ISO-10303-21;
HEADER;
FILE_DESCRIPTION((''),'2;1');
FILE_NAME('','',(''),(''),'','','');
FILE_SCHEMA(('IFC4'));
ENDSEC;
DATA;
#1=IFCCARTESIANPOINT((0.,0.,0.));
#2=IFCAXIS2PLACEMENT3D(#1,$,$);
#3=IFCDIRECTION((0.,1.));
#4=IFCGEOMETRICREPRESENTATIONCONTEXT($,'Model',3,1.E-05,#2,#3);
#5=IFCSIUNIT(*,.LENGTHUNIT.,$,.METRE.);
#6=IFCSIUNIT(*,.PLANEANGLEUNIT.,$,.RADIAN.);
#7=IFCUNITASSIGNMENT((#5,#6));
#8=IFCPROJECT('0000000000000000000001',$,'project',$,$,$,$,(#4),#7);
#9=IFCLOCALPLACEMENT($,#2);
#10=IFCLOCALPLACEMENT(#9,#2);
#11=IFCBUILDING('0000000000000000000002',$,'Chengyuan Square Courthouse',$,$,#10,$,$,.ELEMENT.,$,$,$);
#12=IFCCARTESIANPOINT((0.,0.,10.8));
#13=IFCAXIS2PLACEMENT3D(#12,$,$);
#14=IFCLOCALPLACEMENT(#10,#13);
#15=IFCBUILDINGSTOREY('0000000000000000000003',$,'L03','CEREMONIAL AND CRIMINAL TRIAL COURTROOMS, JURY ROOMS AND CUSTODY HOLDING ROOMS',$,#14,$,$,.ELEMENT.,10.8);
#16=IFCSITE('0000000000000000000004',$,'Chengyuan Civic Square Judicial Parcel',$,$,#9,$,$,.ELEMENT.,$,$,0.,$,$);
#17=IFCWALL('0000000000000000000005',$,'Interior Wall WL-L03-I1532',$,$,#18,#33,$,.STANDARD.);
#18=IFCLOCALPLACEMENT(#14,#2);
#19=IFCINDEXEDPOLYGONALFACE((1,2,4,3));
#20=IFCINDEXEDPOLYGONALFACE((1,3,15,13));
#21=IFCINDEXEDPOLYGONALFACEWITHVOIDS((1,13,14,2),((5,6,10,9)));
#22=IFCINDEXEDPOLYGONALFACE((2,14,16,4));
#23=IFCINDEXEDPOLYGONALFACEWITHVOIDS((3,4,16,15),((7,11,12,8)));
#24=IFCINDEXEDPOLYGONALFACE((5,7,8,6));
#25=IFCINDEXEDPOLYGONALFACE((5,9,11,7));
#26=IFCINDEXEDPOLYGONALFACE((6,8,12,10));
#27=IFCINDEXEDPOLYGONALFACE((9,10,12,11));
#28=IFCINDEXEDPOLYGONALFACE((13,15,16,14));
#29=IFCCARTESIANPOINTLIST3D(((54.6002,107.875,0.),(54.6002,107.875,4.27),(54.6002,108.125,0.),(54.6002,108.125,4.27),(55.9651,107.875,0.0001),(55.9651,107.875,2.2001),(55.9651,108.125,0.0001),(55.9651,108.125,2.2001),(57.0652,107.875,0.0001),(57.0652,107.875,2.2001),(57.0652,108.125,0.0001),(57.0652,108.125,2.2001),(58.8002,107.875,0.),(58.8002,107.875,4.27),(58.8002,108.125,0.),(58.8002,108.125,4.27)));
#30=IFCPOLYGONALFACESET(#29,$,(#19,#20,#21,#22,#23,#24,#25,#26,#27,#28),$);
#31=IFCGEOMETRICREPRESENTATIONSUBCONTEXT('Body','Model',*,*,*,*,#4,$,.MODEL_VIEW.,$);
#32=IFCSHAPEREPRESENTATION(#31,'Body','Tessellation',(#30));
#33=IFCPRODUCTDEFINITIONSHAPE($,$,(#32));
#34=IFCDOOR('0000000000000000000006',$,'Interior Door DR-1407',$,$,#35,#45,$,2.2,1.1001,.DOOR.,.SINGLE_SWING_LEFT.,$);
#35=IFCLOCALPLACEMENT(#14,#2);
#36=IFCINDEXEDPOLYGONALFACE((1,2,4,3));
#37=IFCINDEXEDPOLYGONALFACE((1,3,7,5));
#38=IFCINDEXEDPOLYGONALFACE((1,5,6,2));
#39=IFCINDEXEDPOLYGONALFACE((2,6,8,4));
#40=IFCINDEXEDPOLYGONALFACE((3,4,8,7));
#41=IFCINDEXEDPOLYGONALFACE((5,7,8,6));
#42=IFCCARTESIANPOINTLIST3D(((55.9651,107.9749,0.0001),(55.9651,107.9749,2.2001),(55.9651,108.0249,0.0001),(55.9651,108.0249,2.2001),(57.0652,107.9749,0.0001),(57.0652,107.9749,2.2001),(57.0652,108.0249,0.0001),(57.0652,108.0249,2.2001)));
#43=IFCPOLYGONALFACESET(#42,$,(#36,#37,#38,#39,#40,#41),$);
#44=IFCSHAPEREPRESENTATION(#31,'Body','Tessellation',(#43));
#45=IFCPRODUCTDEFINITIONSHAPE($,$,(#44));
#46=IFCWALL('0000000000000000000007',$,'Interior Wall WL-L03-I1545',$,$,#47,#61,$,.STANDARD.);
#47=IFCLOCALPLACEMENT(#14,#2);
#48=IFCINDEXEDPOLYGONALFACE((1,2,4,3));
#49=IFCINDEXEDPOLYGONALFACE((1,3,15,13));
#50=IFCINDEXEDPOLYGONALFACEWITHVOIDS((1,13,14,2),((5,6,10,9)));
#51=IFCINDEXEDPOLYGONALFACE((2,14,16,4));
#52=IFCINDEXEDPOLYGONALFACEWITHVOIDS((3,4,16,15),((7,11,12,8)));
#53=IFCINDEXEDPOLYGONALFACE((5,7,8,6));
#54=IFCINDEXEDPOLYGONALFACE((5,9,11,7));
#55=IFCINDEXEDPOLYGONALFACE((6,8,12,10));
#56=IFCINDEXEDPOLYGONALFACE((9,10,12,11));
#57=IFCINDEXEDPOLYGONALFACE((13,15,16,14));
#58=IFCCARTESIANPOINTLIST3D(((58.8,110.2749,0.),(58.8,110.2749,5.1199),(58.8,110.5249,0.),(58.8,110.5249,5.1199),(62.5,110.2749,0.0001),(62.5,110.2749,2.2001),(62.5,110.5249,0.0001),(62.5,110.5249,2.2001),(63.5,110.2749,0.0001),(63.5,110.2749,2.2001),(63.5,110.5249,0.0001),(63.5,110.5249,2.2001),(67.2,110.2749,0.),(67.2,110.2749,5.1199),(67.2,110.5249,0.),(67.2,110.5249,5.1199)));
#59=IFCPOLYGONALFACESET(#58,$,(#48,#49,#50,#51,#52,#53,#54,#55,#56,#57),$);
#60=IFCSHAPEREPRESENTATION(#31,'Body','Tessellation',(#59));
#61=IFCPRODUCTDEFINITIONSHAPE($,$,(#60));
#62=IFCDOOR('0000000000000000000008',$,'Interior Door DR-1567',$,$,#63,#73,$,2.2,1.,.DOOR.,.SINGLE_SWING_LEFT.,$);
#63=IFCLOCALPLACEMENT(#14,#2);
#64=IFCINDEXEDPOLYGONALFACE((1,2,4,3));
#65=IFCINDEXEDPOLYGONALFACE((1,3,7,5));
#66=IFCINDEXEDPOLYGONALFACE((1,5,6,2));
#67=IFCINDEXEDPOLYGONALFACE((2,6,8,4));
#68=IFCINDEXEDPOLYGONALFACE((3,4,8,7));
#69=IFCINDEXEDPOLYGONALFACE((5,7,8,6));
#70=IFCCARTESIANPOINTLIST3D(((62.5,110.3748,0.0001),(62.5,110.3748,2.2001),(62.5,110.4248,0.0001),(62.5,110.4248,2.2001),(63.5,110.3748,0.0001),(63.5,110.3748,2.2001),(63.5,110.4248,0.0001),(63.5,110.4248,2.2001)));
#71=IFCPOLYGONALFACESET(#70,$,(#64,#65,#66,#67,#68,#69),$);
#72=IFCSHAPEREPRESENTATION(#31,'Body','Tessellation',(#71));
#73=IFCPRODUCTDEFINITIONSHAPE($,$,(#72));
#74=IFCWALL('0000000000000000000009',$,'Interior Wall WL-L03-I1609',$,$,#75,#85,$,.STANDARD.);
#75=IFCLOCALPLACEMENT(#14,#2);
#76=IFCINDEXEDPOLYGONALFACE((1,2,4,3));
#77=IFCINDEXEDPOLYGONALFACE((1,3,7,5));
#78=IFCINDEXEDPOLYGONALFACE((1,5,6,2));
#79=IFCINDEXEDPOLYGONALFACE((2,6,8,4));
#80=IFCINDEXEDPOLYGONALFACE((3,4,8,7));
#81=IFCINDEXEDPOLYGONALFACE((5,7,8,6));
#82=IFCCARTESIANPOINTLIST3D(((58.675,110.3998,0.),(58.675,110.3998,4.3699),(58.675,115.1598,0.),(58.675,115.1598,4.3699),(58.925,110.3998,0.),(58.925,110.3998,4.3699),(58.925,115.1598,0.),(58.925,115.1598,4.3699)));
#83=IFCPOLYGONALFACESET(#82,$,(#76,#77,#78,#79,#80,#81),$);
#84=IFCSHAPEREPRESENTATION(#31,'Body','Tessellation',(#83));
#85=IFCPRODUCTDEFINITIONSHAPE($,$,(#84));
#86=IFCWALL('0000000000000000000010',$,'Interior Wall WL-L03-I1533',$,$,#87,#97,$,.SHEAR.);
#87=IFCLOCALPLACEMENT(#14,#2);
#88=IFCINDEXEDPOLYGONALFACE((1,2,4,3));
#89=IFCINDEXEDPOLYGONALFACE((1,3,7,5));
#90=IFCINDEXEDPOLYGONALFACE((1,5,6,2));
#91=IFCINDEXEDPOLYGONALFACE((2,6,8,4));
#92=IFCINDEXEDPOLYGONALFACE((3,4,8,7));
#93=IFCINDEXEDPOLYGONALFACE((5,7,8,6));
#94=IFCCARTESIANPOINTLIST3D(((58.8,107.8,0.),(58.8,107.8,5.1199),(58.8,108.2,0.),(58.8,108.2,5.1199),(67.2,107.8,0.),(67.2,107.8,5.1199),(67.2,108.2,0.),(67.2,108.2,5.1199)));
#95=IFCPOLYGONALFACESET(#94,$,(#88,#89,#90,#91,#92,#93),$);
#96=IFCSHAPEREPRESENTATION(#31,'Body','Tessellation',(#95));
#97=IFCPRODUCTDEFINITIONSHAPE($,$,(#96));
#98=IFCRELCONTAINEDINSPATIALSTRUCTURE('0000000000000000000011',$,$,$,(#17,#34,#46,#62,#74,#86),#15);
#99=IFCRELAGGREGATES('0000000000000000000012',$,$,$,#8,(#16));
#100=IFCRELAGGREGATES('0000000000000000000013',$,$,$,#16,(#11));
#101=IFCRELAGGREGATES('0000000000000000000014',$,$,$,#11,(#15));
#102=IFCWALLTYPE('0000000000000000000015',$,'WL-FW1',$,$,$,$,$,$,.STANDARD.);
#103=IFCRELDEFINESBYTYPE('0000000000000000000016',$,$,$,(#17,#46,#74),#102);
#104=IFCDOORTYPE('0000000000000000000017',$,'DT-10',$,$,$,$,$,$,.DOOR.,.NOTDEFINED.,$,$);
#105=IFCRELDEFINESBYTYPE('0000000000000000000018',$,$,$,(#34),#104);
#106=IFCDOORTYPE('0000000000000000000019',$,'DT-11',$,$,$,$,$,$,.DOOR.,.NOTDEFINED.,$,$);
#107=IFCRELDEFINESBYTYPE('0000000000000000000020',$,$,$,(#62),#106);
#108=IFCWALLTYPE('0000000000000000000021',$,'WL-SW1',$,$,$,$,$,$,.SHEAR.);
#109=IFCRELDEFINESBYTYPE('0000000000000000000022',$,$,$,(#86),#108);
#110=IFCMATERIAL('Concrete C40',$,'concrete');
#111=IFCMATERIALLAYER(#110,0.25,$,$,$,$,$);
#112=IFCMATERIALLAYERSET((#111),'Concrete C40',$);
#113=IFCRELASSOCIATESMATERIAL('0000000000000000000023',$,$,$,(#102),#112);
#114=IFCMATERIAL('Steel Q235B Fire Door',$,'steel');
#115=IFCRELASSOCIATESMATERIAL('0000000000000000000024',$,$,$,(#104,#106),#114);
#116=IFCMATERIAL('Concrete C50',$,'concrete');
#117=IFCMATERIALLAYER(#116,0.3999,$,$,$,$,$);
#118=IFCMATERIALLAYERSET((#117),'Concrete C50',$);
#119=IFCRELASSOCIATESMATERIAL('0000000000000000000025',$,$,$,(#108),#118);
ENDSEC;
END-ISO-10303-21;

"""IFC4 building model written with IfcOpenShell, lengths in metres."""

from ifc_helpers import new_model, si_unit, direction, frame, frame_2d, origin, place, context, subcontext, project, spatial, rectangle, extrude, material, layer, layer_set, type_object, element, fill, save


model = new_model("IFC4")

# Units and contexts
model_context = context("Model", 3, precision=1e-05, world=origin(), true_north=direction((0.0, 1.0)))
body_context = subcontext(model_context, "Body", "Model", "MODEL_VIEW")
ifc_project = project(units=[si_unit("LENGTHUNIT", "METRE"), si_unit("PLANEANGLEUNIT", "RADIAN")], contexts=[model_context])

# Site, building, storey
site_placement = place(None, origin())
site = spatial("IfcSite", under=ifc_project, at=site_placement, Name="Chengyuan Civic Square Judicial Parcel", CompositionType="ELEMENT", RefElevation=0.0)
building_placement = place(site_placement, origin())
building = spatial("IfcBuilding", under=site, at=building_placement, Name="Chengyuan Square Courthouse", CompositionType="ELEMENT")
storey_placement = place(building_placement, frame((0.0, 0.0, 10.8)))
storey = spatial("IfcBuildingStorey", under=building, at=storey_placement, Name="L03", Description="CEREMONIAL AND CRIMINAL TRIAL COURTROOMS, JURY ROOMS AND CUSTODY HOLDING ROOMS", CompositionType="ELEMENT", Elevation=10.8)

# Shared definitions
ifc_material_1 = material(Name="Concrete C50", Category="concrete")
ifc_material_2 = material(Name="Concrete C40", Category="concrete")

# Walls, openings, doors
ifc_layer_1 = layer(ifc_material_2, 0.25)
ifc_layer_set_1 = layer_set([ifc_layer_1], Name="Concrete C40")
wall_type_1 = type_object("IfcWallType", Name="WL-FW1", PredefinedType="STANDARD", material=ifc_layer_set_1)
wall_1_placement = place(storey_placement, frame((54.6001, 108.0, 0.0), z_axis=(0.0, 0.0, 1.0), x_axis=(1.0, 0.0, 0.0)))
wall_1 = element("IfcWall", 1, at=wall_1_placement, inside=storey, type_object=wall_type_1, Name="Interior Wall WL-L03-I1532", PredefinedType="STANDARD", context=body_context, shape_type="SweptSolid", body=[
    extrude(rectangle(XDim=4.2, YDim=0.25, at=frame_2d((2.1001, 0.0))), origin(), (0.0, 0.0, 1.0), 4.27),
])
opening_1_placement = place(wall_1_placement, frame((1.365, 0.0, 0.0)))
opening_1 = element("IfcOpeningElement", 2, at=opening_1_placement, cuts=wall_1, PredefinedType="OPENING", context=body_context, shape_type="SweptSolid", body=[
    extrude(rectangle(XDim=1.1001, YDim=2.2, at=frame_2d((0.55, 1.1001))), frame((0.0, 0.137, 0.0), z_axis=(0.0, -1.0, 0.0), x_axis=(1.0, 0.0, 0.0)), (0.0, 0.0, 1.0), 0.2739),
])
ifc_material_3 = material(Name="Steel Q235B Fire Door", Category="steel")
door_type_1 = type_object("IfcDoorType", Name="DT-10", OperationType="NOTDEFINED", PredefinedType="DOOR", material=ifc_material_3)
door_1_placement = place(opening_1_placement, origin())
door_1 = element("IfcDoor", 3, at=door_1_placement, inside=storey, type_object=door_type_1, Name="Interior Door DR-1407", OperationType="SINGLE_SWING_LEFT", OverallHeight=2.2, OverallWidth=1.1001, PredefinedType="DOOR", context=body_context, shape_type="SweptSolid", body=[
    extrude(rectangle(XDim=1.1001, YDim=2.2, at=frame_2d((0.55, 1.1001))), frame((0.0, 0.0249, 0.0), z_axis=(0.0, -1.0, 0.0), x_axis=(1.0, 0.0, 0.0)), (0.0, 0.0, 1.0), 0.05),
])
fill(opening_1, door_1)
wall_2_placement = place(storey_placement, frame((58.8, 110.3999, 0.0), z_axis=(0.0, 0.0, 1.0), x_axis=(1.0, 0.0, 0.0)))
wall_2 = element("IfcWall", 4, at=wall_2_placement, inside=storey, type_object=wall_type_1, Name="Interior Wall WL-L03-I1545", PredefinedType="STANDARD", context=body_context, shape_type="SweptSolid", body=[
    extrude(rectangle(XDim=8.3999, YDim=0.25, at=frame_2d((4.2, 0.0))), origin(), (0.0, 0.0, 1.0), 5.1199),
])
opening_2_placement = place(wall_2_placement, frame((3.7, 0.0, 0.0)))
opening_2 = element("IfcOpeningElement", 5, at=opening_2_placement, cuts=wall_2, PredefinedType="OPENING", context=body_context, shape_type="SweptSolid", body=[
    extrude(rectangle(XDim=1.0, YDim=2.2, at=frame_2d((0.5, 1.1001))), frame((0.0, 0.137, 0.0), z_axis=(0.0, -1.0, 0.0), x_axis=(1.0, 0.0, 0.0)), (0.0, 0.0, 1.0), 0.2739),
])
door_type_2 = type_object("IfcDoorType", Name="DT-11", OperationType="NOTDEFINED", PredefinedType="DOOR", material=ifc_material_3)
door_2_placement = place(opening_2_placement, origin())
door_2 = element("IfcDoor", 6, at=door_2_placement, inside=storey, type_object=door_type_2, Name="Interior Door DR-1567", OperationType="SINGLE_SWING_LEFT", OverallHeight=2.2, OverallWidth=1.0, PredefinedType="DOOR", context=body_context, shape_type="SweptSolid", body=[
    extrude(rectangle(XDim=1.0, YDim=2.2, at=frame_2d((0.5, 1.1001))), frame((0.0, 0.0249, 0.0), z_axis=(0.0, -1.0, 0.0), x_axis=(1.0, 0.0, 0.0)), (0.0, 0.0, 1.0), 0.05),
])
fill(opening_2, door_2)

# Walls
wall_3_placement = place(storey_placement, frame((58.8, 110.3999, 0.0), z_axis=(0.0, 0.0, 1.0), x_axis=(0.0, 1.0, 0.0)))
element("IfcWall", 7, at=wall_3_placement, inside=storey, type_object=wall_type_1, Name="Interior Wall WL-L03-I1609", PredefinedType="STANDARD", context=body_context, shape_type="SweptSolid", body=[
    extrude(rectangle(XDim=4.76, YDim=0.25, at=frame_2d((2.3799, 0.0))), origin(), (0.0, 0.0, 1.0), 4.3699),
])
ifc_layer_2 = layer(ifc_material_1, 0.3999)
ifc_layer_set_2 = layer_set([ifc_layer_2], Name="Concrete C50")
wall_type_2 = type_object("IfcWallType", Name="WL-SW1", PredefinedType="SHEAR", material=ifc_layer_set_2)
wall_4_placement = place(storey_placement, frame((58.8, 108.0, 0.0), z_axis=(0.0, 0.0, 1.0), x_axis=(1.0, 0.0, 0.0)))
element("IfcWall", 8, at=wall_4_placement, inside=storey, type_object=wall_type_2, Name="Interior Wall WL-L03-I1533", PredefinedType="SHEAR", context=body_context, shape_type="SweptSolid", body=[
    extrude(rectangle(XDim=8.3999, YDim=0.3999, at=frame_2d((4.2, 0.0))), origin(), (0.0, 0.0, 1.0), 5.1199),
])

save(model, "model.ifc")
